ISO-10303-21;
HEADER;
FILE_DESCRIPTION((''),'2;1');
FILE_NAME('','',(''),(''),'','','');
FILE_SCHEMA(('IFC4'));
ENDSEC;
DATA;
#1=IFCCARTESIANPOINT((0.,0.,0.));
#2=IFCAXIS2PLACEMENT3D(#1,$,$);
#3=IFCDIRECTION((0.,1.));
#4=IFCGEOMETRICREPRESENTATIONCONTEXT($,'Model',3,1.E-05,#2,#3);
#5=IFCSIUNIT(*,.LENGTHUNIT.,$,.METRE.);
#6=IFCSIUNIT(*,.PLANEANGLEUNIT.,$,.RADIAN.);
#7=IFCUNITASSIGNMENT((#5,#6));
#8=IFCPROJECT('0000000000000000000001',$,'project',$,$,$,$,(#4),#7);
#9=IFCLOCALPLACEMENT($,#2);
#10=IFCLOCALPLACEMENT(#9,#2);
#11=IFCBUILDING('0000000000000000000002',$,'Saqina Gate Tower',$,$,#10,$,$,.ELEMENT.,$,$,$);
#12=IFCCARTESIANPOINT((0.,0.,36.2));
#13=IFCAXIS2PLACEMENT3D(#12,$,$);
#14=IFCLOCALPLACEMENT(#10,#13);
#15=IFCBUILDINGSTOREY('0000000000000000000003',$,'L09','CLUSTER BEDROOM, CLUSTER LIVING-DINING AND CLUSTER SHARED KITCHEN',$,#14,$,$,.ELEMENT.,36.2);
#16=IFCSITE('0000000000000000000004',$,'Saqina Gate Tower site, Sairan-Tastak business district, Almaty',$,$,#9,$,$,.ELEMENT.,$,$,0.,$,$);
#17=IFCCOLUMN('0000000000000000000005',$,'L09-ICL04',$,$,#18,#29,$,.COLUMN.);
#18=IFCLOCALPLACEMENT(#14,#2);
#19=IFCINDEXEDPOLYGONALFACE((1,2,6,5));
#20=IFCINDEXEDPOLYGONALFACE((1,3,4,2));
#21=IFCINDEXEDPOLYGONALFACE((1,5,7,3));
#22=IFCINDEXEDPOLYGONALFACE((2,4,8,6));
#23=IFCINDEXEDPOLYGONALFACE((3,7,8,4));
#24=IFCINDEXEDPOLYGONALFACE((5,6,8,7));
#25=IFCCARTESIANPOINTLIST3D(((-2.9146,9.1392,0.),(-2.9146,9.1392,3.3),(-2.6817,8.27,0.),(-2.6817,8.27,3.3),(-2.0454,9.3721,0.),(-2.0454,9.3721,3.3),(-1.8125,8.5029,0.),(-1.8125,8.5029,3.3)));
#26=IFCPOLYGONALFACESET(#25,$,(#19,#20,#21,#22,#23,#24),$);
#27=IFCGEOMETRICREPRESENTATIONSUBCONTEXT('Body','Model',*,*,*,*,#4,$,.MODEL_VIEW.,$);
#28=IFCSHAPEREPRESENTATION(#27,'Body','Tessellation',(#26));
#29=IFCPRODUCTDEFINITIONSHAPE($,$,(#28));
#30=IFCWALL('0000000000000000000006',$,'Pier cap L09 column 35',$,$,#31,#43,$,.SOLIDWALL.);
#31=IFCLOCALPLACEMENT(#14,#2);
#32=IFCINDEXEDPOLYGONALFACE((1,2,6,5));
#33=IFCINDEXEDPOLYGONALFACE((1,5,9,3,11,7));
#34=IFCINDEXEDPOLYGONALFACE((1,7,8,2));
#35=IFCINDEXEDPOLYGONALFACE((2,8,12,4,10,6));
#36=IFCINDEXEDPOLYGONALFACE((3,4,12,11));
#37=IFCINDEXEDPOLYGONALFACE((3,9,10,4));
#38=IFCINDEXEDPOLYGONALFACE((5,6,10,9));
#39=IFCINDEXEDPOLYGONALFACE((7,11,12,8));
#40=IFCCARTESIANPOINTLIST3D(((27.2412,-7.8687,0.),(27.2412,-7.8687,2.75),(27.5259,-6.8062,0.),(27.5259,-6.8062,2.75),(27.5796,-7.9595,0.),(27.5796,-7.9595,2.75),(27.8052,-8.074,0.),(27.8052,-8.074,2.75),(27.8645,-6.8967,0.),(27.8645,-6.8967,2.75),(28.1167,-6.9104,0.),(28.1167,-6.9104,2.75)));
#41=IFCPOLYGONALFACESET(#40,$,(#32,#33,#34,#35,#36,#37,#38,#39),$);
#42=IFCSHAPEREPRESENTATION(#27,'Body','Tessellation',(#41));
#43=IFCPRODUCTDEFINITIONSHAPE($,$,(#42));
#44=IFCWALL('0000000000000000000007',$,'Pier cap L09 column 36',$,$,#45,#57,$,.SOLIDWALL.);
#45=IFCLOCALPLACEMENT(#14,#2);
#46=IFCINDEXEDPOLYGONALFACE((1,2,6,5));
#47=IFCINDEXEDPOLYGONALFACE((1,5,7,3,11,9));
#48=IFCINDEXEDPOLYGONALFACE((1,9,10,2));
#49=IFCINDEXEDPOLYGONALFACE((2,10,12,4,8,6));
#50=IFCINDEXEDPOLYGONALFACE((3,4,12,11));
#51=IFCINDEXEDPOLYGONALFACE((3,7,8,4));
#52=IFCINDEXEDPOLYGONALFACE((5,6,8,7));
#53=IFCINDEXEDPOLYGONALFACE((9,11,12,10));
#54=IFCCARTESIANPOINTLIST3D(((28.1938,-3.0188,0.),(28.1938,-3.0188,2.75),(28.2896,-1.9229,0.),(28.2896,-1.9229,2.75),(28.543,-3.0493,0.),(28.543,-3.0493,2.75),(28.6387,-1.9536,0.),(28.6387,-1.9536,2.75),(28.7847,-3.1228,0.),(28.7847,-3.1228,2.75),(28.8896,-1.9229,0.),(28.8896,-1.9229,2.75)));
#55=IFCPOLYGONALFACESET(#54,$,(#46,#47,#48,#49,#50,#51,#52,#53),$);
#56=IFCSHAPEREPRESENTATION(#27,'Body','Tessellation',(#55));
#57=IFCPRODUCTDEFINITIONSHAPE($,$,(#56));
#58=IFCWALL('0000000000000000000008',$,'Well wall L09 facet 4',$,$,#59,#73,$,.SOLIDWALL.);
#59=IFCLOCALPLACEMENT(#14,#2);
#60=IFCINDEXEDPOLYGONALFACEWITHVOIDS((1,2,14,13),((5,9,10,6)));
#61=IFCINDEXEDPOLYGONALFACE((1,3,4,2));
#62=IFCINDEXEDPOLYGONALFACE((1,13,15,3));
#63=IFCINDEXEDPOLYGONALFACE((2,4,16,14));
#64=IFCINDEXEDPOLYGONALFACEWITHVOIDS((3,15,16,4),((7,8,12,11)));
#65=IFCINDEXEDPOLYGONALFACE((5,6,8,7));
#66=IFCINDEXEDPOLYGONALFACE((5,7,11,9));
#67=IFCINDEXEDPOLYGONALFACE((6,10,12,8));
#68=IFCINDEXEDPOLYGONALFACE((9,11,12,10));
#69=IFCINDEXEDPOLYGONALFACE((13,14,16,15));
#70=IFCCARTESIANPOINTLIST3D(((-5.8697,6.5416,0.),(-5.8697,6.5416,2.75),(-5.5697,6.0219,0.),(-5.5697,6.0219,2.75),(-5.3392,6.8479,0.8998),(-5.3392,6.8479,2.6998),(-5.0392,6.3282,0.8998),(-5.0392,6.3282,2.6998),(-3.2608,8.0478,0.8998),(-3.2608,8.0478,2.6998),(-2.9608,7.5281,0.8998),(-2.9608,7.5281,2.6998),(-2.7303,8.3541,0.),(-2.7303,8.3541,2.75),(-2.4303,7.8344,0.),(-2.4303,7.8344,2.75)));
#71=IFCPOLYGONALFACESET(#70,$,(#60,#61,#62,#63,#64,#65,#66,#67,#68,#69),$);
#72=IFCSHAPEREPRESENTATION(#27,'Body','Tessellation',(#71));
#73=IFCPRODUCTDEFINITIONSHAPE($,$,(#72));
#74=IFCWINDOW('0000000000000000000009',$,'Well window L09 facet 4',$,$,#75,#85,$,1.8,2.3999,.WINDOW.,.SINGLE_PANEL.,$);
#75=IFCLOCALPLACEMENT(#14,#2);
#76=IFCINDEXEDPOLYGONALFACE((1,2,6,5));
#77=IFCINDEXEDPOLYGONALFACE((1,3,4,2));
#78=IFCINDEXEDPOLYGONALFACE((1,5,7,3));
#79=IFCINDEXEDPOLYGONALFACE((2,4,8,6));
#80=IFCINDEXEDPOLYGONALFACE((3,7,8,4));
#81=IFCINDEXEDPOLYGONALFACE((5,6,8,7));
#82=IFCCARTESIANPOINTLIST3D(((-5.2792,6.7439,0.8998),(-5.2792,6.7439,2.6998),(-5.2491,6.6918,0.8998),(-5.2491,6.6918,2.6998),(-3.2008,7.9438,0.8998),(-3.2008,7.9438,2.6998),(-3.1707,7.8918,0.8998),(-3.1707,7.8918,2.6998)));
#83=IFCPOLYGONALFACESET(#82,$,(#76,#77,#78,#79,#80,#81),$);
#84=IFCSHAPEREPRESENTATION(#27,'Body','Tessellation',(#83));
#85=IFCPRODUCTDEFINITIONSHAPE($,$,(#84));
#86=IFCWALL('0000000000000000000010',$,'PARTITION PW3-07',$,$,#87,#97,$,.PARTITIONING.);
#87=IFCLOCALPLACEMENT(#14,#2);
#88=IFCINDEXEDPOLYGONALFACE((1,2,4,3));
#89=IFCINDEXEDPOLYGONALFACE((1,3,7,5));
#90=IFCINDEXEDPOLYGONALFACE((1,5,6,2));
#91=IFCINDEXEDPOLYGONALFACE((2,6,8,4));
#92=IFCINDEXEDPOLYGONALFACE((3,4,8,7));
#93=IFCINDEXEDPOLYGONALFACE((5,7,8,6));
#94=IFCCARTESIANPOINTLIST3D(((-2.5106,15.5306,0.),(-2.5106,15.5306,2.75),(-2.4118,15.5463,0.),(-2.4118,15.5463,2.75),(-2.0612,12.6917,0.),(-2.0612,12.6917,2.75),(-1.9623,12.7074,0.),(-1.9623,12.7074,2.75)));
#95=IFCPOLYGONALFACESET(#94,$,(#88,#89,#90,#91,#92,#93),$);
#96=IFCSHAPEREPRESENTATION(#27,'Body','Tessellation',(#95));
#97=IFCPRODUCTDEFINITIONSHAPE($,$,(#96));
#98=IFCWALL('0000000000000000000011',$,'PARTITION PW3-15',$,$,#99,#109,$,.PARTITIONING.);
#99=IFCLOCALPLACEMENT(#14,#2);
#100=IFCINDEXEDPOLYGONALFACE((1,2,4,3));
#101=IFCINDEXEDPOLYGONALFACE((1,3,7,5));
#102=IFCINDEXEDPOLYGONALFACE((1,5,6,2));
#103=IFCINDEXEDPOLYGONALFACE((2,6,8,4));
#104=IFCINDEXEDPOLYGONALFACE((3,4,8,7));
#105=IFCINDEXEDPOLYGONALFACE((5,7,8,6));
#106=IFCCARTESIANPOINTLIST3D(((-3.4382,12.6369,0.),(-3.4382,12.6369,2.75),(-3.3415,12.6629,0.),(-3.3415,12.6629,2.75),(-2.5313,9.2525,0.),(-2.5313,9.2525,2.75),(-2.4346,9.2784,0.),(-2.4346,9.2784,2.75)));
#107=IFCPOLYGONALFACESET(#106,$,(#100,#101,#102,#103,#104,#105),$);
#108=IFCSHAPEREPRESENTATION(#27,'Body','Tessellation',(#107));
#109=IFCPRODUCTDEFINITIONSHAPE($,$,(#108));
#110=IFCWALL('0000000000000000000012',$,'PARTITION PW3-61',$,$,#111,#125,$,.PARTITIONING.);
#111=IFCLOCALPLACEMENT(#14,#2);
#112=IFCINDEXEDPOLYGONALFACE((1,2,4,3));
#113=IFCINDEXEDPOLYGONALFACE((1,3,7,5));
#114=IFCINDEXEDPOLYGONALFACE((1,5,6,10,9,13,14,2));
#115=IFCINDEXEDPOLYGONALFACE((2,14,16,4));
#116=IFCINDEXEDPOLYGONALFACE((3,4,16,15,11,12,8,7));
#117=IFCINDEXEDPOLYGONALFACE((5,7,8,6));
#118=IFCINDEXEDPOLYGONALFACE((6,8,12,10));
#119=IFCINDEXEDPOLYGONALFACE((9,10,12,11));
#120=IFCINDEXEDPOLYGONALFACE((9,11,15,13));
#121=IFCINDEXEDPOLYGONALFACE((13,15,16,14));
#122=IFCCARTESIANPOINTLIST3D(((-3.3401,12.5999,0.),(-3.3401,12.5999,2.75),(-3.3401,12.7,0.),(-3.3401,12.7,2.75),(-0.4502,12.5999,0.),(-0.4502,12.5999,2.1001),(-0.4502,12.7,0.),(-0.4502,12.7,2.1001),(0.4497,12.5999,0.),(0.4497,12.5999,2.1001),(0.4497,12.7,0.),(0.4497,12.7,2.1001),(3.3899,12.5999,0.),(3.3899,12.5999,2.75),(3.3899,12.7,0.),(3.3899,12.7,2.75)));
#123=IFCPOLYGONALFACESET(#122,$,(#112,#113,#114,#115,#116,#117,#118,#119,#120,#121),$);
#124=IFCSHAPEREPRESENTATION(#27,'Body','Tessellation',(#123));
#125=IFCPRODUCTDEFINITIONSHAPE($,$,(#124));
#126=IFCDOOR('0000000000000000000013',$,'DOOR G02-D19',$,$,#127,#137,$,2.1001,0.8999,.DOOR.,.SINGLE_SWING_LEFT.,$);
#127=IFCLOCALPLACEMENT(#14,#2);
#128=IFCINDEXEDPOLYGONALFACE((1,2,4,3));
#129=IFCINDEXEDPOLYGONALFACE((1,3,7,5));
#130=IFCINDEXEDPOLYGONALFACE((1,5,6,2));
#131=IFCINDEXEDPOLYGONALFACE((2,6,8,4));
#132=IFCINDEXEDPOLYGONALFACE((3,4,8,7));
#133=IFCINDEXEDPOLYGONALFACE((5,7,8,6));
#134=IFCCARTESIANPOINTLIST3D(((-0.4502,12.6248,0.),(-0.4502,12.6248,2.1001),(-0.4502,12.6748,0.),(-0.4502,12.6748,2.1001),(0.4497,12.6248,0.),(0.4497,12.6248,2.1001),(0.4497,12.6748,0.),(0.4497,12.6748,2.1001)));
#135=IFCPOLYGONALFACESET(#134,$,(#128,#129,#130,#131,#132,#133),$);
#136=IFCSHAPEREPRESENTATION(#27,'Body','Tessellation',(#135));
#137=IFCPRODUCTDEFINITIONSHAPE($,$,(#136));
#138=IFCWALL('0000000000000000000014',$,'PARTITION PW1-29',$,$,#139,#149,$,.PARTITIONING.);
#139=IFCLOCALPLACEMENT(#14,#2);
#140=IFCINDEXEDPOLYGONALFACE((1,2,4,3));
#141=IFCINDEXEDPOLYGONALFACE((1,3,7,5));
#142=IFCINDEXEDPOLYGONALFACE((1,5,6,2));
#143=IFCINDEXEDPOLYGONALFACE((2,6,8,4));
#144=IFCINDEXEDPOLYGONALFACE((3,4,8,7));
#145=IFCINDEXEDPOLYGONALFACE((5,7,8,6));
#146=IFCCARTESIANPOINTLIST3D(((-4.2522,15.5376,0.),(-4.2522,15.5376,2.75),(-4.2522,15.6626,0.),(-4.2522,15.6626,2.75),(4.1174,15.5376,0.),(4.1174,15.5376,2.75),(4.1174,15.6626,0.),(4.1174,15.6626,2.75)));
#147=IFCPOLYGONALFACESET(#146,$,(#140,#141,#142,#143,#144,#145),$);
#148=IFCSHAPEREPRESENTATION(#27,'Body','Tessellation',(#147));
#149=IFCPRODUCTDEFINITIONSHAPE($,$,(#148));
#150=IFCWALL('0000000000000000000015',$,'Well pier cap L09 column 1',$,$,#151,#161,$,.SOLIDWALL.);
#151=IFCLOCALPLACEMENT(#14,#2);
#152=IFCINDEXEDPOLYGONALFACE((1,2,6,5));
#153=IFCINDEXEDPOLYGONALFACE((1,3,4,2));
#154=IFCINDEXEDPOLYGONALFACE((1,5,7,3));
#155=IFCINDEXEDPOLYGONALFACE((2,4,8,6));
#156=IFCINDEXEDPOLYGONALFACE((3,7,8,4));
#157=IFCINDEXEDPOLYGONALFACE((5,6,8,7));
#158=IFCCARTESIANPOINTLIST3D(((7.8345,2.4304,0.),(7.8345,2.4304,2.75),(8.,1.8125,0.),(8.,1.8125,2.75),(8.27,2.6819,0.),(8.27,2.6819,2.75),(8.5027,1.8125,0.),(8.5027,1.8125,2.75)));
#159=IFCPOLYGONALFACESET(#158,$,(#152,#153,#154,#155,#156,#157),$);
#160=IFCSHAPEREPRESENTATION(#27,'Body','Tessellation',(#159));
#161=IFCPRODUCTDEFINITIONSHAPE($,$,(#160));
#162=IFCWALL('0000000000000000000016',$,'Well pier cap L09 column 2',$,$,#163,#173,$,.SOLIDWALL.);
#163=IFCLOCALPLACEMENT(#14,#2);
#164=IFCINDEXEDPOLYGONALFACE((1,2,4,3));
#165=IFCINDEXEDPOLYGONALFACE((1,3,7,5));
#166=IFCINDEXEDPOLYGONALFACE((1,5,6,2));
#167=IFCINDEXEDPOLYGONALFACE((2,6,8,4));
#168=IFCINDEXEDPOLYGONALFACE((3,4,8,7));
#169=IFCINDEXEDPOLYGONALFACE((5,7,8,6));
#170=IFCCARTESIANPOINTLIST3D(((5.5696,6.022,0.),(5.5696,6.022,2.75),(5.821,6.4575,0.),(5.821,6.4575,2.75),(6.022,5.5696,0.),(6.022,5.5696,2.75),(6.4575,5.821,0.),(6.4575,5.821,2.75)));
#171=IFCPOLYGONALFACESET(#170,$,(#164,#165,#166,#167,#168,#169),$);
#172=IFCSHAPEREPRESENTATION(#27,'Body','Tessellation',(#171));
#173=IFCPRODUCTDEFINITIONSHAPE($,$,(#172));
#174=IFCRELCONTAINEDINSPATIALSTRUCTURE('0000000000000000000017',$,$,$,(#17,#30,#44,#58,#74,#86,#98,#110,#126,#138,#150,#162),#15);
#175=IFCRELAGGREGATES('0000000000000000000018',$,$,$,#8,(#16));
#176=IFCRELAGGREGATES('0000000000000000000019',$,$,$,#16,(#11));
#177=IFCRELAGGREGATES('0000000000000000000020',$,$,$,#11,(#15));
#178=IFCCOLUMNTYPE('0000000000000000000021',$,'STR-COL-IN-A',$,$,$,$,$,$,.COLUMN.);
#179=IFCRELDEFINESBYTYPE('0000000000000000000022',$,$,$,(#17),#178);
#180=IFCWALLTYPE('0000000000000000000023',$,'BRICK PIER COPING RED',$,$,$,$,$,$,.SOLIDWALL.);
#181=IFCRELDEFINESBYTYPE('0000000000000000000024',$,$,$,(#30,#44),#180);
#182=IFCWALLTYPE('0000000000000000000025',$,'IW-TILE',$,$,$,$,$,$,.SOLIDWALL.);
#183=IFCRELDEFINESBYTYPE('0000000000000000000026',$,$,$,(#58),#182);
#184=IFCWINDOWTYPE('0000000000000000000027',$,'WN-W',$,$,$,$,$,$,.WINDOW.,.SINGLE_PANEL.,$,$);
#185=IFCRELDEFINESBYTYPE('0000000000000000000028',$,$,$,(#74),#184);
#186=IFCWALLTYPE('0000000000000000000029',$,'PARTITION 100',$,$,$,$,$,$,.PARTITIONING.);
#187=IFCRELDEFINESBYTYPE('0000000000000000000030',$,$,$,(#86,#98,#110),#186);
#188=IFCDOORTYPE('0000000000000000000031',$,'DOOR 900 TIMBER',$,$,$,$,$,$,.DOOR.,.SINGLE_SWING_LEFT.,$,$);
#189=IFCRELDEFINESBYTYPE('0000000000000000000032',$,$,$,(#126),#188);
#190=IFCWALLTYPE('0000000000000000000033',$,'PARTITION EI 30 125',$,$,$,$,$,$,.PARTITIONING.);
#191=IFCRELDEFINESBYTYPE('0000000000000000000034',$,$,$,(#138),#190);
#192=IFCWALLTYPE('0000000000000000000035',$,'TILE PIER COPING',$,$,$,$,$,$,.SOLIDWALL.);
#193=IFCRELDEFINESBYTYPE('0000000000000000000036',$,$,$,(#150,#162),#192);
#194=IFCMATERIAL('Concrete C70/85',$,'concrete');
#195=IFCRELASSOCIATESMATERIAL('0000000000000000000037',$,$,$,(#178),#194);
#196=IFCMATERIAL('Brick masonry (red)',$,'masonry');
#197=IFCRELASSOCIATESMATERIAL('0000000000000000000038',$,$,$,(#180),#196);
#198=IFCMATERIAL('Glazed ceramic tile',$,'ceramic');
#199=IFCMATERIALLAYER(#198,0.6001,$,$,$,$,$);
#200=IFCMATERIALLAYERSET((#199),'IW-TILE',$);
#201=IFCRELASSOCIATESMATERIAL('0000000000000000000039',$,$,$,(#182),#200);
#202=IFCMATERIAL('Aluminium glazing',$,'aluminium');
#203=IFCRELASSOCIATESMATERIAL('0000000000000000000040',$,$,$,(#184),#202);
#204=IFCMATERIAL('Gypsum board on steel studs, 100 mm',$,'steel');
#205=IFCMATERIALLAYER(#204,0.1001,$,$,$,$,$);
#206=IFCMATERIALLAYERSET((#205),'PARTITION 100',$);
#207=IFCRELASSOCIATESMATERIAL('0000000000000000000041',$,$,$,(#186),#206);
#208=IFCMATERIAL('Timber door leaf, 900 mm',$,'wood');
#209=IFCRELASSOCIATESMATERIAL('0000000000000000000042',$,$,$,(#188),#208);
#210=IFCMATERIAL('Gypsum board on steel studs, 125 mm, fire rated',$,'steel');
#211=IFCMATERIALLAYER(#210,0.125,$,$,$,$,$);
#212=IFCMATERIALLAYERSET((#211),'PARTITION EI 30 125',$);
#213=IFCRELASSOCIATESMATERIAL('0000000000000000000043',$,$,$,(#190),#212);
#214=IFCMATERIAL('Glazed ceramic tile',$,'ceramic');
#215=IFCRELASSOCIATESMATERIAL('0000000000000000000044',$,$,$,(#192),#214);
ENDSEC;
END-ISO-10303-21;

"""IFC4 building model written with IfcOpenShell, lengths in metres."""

from ifc_helpers import new_model, si_unit, direction, frame, frame_2d, origin, origin_2d, place, context, subcontext, project, spatial, polyline, rectangle, outline, extrude, material, layer, layer_set, material_profile, profile_set, type_object, element, fill, save


model = new_model("IFC4")

# Units and contexts
model_context = context("Model", 3, precision=1e-05, world=origin(), true_north=direction((0.0, 1.0)))
body_context = subcontext(model_context, "Body", "Model", "MODEL_VIEW")
ifc_project = project(units=[si_unit("LENGTHUNIT", "METRE"), si_unit("PLANEANGLEUNIT", "RADIAN")], contexts=[model_context])

# Site, building, storey
site_placement = place(None, origin())
site = spatial("IfcSite", under=ifc_project, at=site_placement, Name="Saqina Gate Tower site, Sairan-Tastak business district, Almaty", CompositionType="ELEMENT", RefElevation=0.0)
building_placement = place(site_placement, origin())
building = spatial("IfcBuilding", under=site, at=building_placement, Name="Saqina Gate Tower", CompositionType="ELEMENT")
storey_placement = place(building_placement, frame((0.0, 0.0, 36.2)))
storey = spatial("IfcBuildingStorey", under=building, at=storey_placement, Name="L09", Description="CLUSTER BEDROOM, CLUSTER LIVING-DINING AND CLUSTER SHARED KITCHEN", CompositionType="ELEMENT", Elevation=36.2)

# Column
ifc_material_1 = material(Name="Concrete C70/85", Category="concrete")
ifc_material_profile = material_profile(ifc_material_1, rectangle(XDim=0.8999, YDim=0.8999, at=origin_2d()), Name="RC 900x900")
ifc_profile_set = profile_set([ifc_material_profile], Name="Concrete C70/85")
column_type = type_object("IfcColumnType", Name="STR-COL-IN-A", PredefinedType="COLUMN", material=ifc_profile_set)
column_placement = place(storey_placement, frame((-2.3635, 8.821, 0.0), z_axis=(0.0, 0.0, 1.0), x_axis=(-0.258819, 0.965926, 0.0)))
element("IfcColumn", 1, at=column_placement, inside=storey, type_object=column_type, Name="L09-ICL04", PredefinedType="COLUMN", context=body_context, shape_type="SweptSolid", body=[
    extrude(rectangle(XDim=0.8999, YDim=0.8999, at=origin_2d()), origin(), (0.0, 0.0, 1.0), 3.3),
])

# Walls
ifc_material_2 = material(Name="Brick masonry (red)", Category="masonry")
wall_type_1 = type_object("IfcWallType", Name="BRICK PIER COPING RED", PredefinedType="SOLIDWALL", material=ifc_material_2)
wall_1_placement = place(storey_placement, origin())
element("IfcWall", 2, at=wall_1_placement, inside=storey, type_object=wall_type_1, Name="Pier cap L09 column 35", PredefinedType="SOLIDWALL", context=body_context, shape_type="SweptSolid", body=[
    extrude(outline(polyline([(28.1167, -6.9104), (27.5259, -6.8062), (27.8645, -6.8967), (27.5796, -7.9595), (27.2412, -7.8687), (27.8052, -8.074), (28.1167, -6.9104)])), origin(), (0.0, 0.0, 1.0), 2.75),
])
wall_2_placement = place(storey_placement, origin())
element("IfcWall", 3, at=wall_2_placement, inside=storey, type_object=wall_type_1, Name="Pier cap L09 column 36", PredefinedType="SOLIDWALL", context=body_context, shape_type="SweptSolid", body=[
    extrude(outline(polyline([(28.7847, -3.1228), (28.8896, -1.9229), (28.2896, -1.9229), (28.6387, -1.9536), (28.543, -3.0493), (28.1938, -3.0188), (28.7847, -3.1228)])), origin(), (0.0, 0.0, 1.0), 2.75),
])

# Wall, opening, window
ifc_material_3 = material(Name="Glazed ceramic tile", Category="ceramic")
ifc_layer_1 = layer(ifc_material_3, 0.6001)
ifc_layer_set_1 = layer_set([ifc_layer_1], Name="IW-TILE")
wall_type_2 = type_object("IfcWallType", Name="IW-TILE", PredefinedType="SOLIDWALL", material=ifc_layer_set_1)
wall_3_placement = place(storey_placement, frame((-2.5803, 8.0942, 0.0), z_axis=(0.0, 0.0, 1.0), x_axis=(-0.86603, -0.499993, 0.0)))
wall_3 = element("IfcWall", 4, at=wall_3_placement, inside=storey, type_object=wall_type_2, Name="Well wall L09 facet 4", PredefinedType="SOLIDWALL", context=body_context, shape_type="SweptSolid", body=[
    extrude(rectangle(XDim=3.625, YDim=0.6001, at=frame_2d((1.8125, 0.0))), origin(), (0.0, 0.0, 1.0), 2.75),
])
opening_1_placement = place(wall_3_placement, frame((0.6125, 0.0, 0.8999)))
opening_1 = element("IfcOpeningElement", 5, at=opening_1_placement, cuts=wall_3, PredefinedType="OPENING", context=body_context, shape_type="SweptSolid", body=[
    extrude(rectangle(XDim=2.3999, YDim=1.8, at=frame_2d((1.2, 0.8999))), frame((0.0, 0.312, 0.0), z_axis=(0.0, -1.0, 0.0), x_axis=(1.0, 0.0, 0.0)), (0.0, 0.0, 1.0), 0.624),
])
ifc_material_4 = material(Name="Aluminium glazing", Category="aluminium")
window_type = type_object("IfcWindowType", Name="WN-W", PartitioningType="SINGLE_PANEL", PredefinedType="WINDOW", material=ifc_material_4)
window_placement = place(opening_1_placement, origin())
window = element("IfcWindow", 6, at=window_placement, inside=storey, type_object=window_type, Name="Well window L09 facet 4", OverallHeight=1.8, OverallWidth=2.3999, PartitioningType="SINGLE_PANEL", PredefinedType="WINDOW", context=body_context, shape_type="SweptSolid", body=[
    extrude(rectangle(XDim=2.3999, YDim=1.8, at=frame_2d((1.2, 0.8999))), frame((0.0, -0.1199, 0.0), z_axis=(0.0, -1.0, 0.0), x_axis=(1.0, 0.0, 0.0)), (0.0, 0.0, 1.0), 0.0601),
])
fill(opening_1, window)

# Walls
ifc_material_5 = material(Name="Gypsum board on steel studs, 100 mm", Category="steel")
ifc_layer_2 = layer(ifc_material_5, 0.1001)
ifc_layer_set_2 = layer_set([ifc_layer_2], Name="PARTITION 100")
wall_type_3 = type_object("IfcWallType", Name="PARTITION 100", PredefinedType="PARTITIONING", material=ifc_layer_set_2)
wall_4_placement = place(storey_placement, frame((-2.4612, 15.5383, 0.0), z_axis=(0.0, 0.0, 1.0), x_axis=(0.156377, -0.987697, 0.0)))
element("IfcWall", 7, at=wall_4_placement, inside=storey, type_object=wall_type_3, Name="PARTITION PW3-07", PredefinedType="PARTITIONING", context=body_context, shape_type="SweptSolid", body=[
    extrude(rectangle(XDim=2.8743, YDim=0.1001, at=frame_2d((1.437, 0.0))), origin(), (0.0, 0.0, 1.0), 2.75),
])
wall_5_placement = place(storey_placement, frame((-3.3899, 12.6499, 0.0), z_axis=(0.0, 0.0, 1.0), x_axis=(0.258846, -0.965919, 0.0)))
element("IfcWall", 8, at=wall_5_placement, inside=storey, type_object=wall_type_3, Name="PARTITION PW3-15", PredefinedType="PARTITIONING", context=body_context, shape_type="SweptSolid", body=[
    extrude(rectangle(XDim=3.5039, YDim=0.1001, at=frame_2d((1.752, 0.0))), origin(), (0.0, 0.0, 1.0), 2.75),
])

# Wall, opening, door
wall_6_placement = place(storey_placement, frame((-3.3401, 12.6499, 0.0), z_axis=(0.0, 0.0, 1.0), x_axis=(1.0, 0.0, 0.0)))
wall_6 = element("IfcWall", 9, at=wall_6_placement, inside=storey, type_object=wall_type_3, Name="PARTITION PW3-61", PredefinedType="PARTITIONING", context=body_context, shape_type="SweptSolid", body=[
    extrude(rectangle(XDim=6.73, YDim=0.1001, at=frame_2d((3.365, 0.0))), origin(), (0.0, 0.0, 1.0), 2.75),
])
opening_2_placement = place(wall_6_placement, frame((2.8899, 0.0, 0.0)))
opening_2 = element("IfcOpeningElement", 10, at=opening_2_placement, cuts=wall_6, PredefinedType="OPENING", context=body_context, shape_type="SweptSolid", body=[
    extrude(rectangle(XDim=0.8999, YDim=2.1001, at=frame_2d((0.45, 1.05))), frame((0.0, 0.062, 0.0), z_axis=(0.0, -1.0, 0.0), x_axis=(1.0, 0.0, 0.0)), (0.0, 0.0, 1.0), 0.124),
])
ifc_material_6 = material(Name="Timber door leaf, 900 mm", Category="wood")
door_type = type_object("IfcDoorType", Name="DOOR 900 TIMBER", OperationType="SINGLE_SWING_LEFT", PredefinedType="DOOR", material=ifc_material_6)
door_placement = place(opening_2_placement, origin())
door = element("IfcDoor", 11, at=door_placement, inside=storey, type_object=door_type, Name="DOOR G02-D19", OperationType="SINGLE_SWING_LEFT", OverallHeight=2.1001, OverallWidth=0.8999, PredefinedType="DOOR", context=body_context, shape_type="SweptSolid", body=[
    extrude(rectangle(XDim=0.8999, YDim=2.1001, at=frame_2d((0.45, 1.05))), frame((0.0, 0.0249, 0.0), z_axis=(0.0, -1.0, 0.0), x_axis=(1.0, 0.0, 0.0)), (0.0, 0.0, 1.0), 0.05),
])
fill(opening_2, door)

# Walls
ifc_material_7 = material(Name="Gypsum board on steel studs, 125 mm, fire rated", Category="steel")
ifc_layer_3 = layer(ifc_material_7, 0.125)
ifc_layer_set_3 = layer_set([ifc_layer_3], Name="PARTITION EI 30 125")
wall_type_4 = type_object("IfcWallType", Name="PARTITION EI 30 125", PredefinedType="PARTITIONING", material=ifc_layer_set_3)
wall_7_placement = place(storey_placement, frame((-4.2522, 15.6001, 0.0), z_axis=(0.0, 0.0, 1.0), x_axis=(1.0, 0.0, 0.0)))
element("IfcWall", 12, at=wall_7_placement, inside=storey, type_object=wall_type_4, Name="PARTITION PW1-29", PredefinedType="PARTITIONING", context=body_context, shape_type="SweptSolid", body=[
    extrude(rectangle(XDim=8.3696, YDim=0.125, at=frame_2d((4.1848, 0.0))), origin(), (0.0, 0.0, 1.0), 2.75),
])
ifc_material_8 = material(Name="Glazed ceramic tile", Category="ceramic")
wall_type_5 = type_object("IfcWallType", Name="TILE PIER COPING", PredefinedType="SOLIDWALL", material=ifc_material_8)
wall_8_placement = place(storey_placement, origin())
element("IfcWall", 13, at=wall_8_placement, inside=storey, type_object=wall_type_5, Name="Well pier cap L09 column 1", PredefinedType="SOLIDWALL", context=body_context, shape_type="SweptSolid", body=[
    extrude(outline(polyline([(8.27, 2.6819), (7.8345, 2.4304), (8.0, 1.8125), (8.5027, 1.8125), (8.27, 2.6819)])), origin(), (0.0, 0.0, 1.0), 2.75),
])
wall_9_placement = place(storey_placement, origin())
element("IfcWall", 14, at=wall_9_placement, inside=storey, type_object=wall_type_5, Name="Well pier cap L09 column 2", PredefinedType="SOLIDWALL", context=body_context, shape_type="SweptSolid", body=[
    extrude(outline(polyline([(5.821, 6.4575), (5.5696, 6.022), (6.022, 5.5696), (6.4575, 5.821), (5.821, 6.4575)])), origin(), (0.0, 0.0, 1.0), 2.75),
])

save(model, "model.ifc")
